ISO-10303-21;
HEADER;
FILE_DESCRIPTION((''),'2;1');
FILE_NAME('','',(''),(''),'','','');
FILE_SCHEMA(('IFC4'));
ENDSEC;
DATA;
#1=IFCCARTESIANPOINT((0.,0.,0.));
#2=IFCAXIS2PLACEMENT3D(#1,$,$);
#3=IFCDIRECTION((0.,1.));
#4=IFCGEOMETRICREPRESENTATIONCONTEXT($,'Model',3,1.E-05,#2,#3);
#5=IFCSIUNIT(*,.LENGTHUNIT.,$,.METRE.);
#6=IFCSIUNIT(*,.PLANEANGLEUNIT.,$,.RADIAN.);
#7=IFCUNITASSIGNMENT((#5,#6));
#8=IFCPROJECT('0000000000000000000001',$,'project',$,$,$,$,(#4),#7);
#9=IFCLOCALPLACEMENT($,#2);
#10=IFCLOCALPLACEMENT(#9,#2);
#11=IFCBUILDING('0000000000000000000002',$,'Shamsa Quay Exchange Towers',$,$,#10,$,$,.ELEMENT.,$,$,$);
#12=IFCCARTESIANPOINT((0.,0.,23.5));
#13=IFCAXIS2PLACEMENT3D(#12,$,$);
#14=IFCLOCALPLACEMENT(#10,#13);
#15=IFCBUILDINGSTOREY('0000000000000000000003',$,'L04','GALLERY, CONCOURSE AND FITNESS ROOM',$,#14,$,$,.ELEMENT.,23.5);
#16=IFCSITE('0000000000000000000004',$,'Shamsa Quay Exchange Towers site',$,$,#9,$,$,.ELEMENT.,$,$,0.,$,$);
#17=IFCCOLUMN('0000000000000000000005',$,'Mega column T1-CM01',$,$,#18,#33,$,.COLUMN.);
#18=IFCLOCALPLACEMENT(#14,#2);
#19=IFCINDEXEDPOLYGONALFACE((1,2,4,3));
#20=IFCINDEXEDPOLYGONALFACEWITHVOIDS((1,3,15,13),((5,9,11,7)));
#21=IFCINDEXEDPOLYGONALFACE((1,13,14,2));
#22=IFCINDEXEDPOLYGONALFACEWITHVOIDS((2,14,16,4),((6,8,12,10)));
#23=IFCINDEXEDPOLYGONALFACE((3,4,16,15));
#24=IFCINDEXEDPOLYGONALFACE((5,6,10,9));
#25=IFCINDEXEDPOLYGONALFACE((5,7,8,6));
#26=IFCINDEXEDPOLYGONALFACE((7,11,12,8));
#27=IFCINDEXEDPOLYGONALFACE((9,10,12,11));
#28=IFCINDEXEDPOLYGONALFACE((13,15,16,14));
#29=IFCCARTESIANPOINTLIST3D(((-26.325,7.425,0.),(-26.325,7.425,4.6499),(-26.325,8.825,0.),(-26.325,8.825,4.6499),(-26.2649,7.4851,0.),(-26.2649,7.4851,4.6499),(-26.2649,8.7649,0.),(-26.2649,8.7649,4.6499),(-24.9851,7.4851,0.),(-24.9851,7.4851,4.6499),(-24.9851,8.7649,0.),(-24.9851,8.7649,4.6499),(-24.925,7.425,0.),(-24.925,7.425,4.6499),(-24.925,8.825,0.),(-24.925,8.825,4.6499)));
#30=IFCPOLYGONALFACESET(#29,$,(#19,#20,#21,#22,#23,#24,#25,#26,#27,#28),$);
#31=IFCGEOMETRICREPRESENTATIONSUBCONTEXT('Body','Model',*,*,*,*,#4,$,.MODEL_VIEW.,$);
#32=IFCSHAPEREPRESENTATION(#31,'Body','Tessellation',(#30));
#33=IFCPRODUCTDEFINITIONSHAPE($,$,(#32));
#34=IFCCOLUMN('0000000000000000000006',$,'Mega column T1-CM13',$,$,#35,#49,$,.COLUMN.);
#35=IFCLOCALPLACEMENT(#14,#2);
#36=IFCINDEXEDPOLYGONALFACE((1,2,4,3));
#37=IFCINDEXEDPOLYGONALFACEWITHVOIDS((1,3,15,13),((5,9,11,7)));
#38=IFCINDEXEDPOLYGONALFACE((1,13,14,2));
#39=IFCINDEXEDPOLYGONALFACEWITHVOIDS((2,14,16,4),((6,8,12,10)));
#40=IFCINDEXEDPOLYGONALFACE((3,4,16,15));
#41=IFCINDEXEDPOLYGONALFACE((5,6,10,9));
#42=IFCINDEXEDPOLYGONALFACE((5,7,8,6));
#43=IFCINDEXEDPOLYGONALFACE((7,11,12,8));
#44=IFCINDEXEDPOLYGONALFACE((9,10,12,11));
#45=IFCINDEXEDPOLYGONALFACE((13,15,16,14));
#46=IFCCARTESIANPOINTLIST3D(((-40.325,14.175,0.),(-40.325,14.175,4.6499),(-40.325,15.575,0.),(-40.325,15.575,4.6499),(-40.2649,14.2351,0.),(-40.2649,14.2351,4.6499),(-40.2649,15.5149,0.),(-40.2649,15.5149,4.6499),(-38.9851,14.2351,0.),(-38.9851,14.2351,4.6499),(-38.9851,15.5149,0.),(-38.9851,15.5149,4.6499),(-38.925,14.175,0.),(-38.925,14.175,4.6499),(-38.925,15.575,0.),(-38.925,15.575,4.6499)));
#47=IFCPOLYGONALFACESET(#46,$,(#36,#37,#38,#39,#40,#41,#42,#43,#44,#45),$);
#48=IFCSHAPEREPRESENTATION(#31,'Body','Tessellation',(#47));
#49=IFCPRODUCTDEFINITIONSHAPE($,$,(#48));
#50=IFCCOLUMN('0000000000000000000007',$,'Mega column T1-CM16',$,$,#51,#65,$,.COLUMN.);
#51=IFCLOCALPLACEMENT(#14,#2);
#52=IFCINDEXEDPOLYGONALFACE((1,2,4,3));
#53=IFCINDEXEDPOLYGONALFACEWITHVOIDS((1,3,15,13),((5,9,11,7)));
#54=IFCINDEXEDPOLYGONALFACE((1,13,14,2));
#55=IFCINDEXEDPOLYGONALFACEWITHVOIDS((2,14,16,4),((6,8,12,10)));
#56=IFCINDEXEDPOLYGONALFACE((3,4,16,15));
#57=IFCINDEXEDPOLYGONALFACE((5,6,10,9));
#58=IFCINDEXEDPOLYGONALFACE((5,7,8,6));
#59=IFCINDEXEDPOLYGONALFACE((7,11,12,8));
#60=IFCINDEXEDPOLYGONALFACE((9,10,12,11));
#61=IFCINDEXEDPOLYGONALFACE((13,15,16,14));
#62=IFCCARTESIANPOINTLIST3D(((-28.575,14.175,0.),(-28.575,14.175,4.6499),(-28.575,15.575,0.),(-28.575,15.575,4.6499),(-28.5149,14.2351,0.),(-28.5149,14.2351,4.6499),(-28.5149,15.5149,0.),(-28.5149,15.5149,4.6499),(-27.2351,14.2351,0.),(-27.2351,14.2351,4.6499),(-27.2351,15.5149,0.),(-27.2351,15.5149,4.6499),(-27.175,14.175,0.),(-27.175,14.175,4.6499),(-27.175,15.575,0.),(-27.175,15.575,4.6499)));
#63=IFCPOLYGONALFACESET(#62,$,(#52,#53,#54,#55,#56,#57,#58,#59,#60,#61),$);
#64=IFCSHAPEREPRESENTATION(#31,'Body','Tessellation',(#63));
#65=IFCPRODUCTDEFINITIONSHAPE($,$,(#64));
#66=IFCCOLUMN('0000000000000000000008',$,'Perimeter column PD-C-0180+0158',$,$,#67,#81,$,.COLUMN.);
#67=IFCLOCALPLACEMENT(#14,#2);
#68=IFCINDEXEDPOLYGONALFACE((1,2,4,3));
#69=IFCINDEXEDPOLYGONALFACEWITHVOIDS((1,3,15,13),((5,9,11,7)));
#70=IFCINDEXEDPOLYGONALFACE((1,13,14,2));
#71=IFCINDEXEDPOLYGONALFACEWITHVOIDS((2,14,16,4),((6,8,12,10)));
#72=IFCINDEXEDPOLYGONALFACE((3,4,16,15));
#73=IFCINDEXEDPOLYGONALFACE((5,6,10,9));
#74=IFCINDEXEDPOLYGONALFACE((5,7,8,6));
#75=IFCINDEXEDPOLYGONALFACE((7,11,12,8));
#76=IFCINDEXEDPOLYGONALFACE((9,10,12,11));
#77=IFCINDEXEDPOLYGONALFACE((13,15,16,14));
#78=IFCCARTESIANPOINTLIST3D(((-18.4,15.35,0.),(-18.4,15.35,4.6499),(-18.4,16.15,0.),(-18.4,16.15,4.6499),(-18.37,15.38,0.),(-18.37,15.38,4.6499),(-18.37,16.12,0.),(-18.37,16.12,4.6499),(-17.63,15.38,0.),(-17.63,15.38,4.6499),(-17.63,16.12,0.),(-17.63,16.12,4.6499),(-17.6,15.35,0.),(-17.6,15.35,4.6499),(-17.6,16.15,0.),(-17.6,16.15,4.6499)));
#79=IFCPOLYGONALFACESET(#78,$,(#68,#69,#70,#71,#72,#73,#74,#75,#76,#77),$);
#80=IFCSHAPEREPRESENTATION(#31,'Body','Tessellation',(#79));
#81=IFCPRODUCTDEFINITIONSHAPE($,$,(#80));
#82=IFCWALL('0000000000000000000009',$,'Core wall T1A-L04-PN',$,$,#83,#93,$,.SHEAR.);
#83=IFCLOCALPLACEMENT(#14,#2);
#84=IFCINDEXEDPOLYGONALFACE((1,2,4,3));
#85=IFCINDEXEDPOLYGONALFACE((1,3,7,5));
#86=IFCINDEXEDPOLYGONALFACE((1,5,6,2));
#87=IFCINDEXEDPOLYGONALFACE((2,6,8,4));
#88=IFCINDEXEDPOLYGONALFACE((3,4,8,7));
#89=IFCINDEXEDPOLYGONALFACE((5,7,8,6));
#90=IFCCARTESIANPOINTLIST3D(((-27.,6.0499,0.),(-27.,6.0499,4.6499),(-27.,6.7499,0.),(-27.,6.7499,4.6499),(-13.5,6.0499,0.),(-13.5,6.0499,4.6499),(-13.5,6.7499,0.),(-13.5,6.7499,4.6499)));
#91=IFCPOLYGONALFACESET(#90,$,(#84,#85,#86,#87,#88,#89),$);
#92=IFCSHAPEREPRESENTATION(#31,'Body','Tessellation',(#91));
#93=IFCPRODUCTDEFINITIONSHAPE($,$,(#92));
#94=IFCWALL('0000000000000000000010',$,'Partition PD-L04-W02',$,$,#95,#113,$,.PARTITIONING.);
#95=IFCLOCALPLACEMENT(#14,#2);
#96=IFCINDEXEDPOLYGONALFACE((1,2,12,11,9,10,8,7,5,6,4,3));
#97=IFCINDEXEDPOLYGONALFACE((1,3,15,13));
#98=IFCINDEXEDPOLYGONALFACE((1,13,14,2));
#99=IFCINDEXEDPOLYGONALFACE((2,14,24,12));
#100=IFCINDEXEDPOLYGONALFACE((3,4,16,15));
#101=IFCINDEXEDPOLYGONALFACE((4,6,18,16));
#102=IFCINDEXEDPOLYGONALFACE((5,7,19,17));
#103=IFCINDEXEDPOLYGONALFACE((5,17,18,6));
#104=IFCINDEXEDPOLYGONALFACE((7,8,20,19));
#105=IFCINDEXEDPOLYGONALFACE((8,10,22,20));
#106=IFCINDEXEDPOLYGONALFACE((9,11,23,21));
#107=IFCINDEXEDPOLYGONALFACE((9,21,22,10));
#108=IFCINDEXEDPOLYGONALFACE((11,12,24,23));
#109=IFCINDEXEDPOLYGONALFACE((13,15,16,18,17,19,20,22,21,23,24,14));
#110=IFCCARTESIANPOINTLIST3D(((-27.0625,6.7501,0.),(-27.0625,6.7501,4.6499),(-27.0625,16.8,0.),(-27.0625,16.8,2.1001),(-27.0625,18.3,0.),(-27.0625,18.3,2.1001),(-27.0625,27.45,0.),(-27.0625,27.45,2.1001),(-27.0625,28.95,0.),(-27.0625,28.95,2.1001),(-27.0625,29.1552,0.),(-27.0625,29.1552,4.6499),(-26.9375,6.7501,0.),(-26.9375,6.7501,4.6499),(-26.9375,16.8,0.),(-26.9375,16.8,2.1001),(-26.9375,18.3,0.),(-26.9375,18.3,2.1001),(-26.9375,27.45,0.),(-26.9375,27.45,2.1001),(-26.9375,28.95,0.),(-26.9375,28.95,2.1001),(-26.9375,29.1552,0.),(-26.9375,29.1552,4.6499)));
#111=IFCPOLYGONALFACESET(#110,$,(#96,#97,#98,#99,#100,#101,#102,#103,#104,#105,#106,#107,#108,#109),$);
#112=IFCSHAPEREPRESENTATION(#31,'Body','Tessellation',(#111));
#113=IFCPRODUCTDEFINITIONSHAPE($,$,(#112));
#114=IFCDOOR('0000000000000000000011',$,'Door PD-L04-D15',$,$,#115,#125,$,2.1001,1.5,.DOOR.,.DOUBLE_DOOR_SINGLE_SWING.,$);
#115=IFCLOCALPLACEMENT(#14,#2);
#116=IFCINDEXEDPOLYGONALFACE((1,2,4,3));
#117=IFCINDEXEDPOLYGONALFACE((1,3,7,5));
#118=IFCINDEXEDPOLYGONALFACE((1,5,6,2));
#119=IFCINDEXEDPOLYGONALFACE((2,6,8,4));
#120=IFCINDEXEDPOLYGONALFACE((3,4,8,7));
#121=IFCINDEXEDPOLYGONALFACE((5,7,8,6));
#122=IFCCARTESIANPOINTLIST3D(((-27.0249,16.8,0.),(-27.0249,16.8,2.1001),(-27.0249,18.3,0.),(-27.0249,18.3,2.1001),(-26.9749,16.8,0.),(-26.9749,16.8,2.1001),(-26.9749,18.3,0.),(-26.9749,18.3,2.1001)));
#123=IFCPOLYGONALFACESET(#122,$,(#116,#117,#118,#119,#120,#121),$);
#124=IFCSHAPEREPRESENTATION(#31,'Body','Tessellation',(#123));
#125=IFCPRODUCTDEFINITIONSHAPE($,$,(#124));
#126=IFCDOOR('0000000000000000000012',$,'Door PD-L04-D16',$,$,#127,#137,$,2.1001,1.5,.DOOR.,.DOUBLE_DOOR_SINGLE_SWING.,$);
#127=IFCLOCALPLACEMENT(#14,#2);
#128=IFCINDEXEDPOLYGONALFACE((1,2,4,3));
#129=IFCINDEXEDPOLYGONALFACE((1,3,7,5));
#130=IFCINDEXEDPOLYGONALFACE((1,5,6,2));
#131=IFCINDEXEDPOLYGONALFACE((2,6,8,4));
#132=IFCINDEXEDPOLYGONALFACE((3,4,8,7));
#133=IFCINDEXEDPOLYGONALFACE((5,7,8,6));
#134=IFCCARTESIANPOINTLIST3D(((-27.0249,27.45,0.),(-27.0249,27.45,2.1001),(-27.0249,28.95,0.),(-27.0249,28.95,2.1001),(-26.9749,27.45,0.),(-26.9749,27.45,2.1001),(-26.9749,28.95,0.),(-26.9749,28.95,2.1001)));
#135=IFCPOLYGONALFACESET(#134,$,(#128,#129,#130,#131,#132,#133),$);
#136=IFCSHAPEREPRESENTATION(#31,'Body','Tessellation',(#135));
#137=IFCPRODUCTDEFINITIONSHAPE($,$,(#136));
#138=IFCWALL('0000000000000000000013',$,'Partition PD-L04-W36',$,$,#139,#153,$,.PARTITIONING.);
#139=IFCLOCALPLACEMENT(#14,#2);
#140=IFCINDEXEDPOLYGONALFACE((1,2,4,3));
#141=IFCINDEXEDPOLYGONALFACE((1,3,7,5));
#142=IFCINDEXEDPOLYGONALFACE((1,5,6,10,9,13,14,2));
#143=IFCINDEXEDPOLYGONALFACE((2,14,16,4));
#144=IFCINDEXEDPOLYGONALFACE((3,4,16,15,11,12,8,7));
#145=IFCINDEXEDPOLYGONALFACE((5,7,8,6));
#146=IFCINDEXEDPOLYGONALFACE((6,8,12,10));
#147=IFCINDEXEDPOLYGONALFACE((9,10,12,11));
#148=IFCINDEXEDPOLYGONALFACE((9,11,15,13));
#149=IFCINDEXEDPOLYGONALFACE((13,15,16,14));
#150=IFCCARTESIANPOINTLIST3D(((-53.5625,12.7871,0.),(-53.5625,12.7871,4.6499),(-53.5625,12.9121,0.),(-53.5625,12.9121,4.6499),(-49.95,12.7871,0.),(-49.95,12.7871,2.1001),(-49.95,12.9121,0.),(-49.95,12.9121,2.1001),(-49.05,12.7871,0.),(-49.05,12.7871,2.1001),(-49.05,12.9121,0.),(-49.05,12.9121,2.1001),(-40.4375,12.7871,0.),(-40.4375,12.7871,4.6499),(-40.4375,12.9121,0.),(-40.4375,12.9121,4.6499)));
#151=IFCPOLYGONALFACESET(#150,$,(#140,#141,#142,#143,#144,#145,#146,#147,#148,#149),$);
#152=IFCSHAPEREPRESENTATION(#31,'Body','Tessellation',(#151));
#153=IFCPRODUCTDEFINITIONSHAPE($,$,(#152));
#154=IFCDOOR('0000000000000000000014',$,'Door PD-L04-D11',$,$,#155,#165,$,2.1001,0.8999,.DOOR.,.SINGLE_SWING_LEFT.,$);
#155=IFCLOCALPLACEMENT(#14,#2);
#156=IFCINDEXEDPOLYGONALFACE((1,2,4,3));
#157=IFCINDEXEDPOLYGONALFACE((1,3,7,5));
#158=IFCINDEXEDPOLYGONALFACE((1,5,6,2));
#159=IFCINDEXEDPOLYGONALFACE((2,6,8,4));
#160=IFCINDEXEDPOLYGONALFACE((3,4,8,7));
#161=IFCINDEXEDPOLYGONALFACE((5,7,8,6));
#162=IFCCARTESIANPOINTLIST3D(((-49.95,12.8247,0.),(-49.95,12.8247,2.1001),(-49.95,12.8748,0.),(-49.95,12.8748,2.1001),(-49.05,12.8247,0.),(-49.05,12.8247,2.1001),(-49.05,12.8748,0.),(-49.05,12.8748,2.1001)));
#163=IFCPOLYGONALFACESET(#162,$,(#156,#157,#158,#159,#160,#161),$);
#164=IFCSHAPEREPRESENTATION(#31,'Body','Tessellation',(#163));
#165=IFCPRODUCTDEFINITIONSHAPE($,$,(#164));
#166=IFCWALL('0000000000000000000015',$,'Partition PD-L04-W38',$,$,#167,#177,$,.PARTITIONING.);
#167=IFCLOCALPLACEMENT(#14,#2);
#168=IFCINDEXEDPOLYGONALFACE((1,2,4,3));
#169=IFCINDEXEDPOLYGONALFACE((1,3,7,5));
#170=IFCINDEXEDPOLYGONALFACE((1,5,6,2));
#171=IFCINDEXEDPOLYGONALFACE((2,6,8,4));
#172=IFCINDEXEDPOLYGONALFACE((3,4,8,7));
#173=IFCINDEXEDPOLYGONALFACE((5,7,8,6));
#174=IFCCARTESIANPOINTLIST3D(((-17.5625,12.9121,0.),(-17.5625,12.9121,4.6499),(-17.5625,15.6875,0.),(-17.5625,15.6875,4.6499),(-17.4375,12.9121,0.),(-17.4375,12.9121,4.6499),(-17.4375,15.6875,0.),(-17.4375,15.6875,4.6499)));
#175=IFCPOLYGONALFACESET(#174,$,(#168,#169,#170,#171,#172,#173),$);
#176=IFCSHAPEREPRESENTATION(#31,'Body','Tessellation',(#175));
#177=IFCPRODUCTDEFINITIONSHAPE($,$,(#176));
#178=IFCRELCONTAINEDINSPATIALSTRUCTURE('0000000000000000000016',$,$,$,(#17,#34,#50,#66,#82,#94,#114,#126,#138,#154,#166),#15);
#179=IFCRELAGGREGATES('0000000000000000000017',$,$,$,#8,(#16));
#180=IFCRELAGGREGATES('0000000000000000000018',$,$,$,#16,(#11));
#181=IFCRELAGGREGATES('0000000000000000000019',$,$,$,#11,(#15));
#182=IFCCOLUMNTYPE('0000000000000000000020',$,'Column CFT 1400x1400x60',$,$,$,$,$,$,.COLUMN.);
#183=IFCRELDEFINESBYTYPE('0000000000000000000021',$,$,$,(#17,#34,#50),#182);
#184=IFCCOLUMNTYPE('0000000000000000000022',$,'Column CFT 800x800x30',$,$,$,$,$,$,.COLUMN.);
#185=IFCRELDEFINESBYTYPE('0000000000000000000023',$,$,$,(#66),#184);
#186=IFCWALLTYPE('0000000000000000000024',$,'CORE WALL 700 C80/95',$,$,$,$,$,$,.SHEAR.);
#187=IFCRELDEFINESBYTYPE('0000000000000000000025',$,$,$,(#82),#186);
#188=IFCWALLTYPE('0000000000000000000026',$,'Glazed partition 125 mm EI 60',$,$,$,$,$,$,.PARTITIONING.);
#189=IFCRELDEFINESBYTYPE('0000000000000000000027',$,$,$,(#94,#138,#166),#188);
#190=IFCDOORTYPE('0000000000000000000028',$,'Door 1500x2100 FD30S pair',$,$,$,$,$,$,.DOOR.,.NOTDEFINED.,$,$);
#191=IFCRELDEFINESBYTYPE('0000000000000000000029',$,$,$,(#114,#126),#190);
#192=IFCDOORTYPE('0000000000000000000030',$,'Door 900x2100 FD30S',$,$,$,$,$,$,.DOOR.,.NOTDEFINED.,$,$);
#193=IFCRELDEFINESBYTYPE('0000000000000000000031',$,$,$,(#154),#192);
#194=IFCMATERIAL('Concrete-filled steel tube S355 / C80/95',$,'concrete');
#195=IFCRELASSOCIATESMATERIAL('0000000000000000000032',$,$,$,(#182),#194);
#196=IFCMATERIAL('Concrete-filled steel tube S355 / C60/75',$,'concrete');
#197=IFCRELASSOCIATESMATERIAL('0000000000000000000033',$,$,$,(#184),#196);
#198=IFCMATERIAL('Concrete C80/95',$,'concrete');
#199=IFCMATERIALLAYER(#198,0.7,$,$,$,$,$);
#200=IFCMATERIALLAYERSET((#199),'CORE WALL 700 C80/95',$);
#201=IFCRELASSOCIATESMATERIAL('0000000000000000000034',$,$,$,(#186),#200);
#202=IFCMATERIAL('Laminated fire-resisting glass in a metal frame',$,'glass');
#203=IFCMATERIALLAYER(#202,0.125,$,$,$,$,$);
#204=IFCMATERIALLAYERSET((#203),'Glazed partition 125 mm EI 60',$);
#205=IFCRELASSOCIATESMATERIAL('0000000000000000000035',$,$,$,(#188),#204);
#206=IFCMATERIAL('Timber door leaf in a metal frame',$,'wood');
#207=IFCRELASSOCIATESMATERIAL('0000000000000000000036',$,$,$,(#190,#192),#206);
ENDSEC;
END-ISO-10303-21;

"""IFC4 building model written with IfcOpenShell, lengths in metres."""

from ifc_helpers import new_model, si_unit, direction, frame, frame_2d, origin, origin_2d, place, context, subcontext, project, spatial, rectangle, hollow_rectangle, extrude, material, layer, layer_set, material_profile, profile_set, type_object, element, fill, save


model = new_model("IFC4")

# Units and contexts
model_context = context("Model", 3, precision=1e-05, world=origin(), true_north=direction((0.0, 1.0)))
body_context = subcontext(model_context, "Body", "Model", "MODEL_VIEW")
ifc_project = project(units=[si_unit("LENGTHUNIT", "METRE"), si_unit("PLANEANGLEUNIT", "RADIAN")], contexts=[model_context])

# Site, building, storey
site_placement = place(None, origin())
site = spatial("IfcSite", under=ifc_project, at=site_placement, Name="Shamsa Quay Exchange Towers site", CompositionType="ELEMENT", RefElevation=0.0)
building_placement = place(site_placement, origin())
building = spatial("IfcBuilding", under=site, at=building_placement, Name="Shamsa Quay Exchange Towers", CompositionType="ELEMENT")
storey_placement = place(building_placement, frame((0.0, 0.0, 23.5)))
storey = spatial("IfcBuildingStorey", under=building, at=storey_placement, Name="L04", Description="GALLERY, CONCOURSE AND FITNESS ROOM", CompositionType="ELEMENT", Elevation=23.5)

# Columns
ifc_material_1 = material(Name="Concrete-filled steel tube S355 / C80/95", Category="concrete")
ifc_material_profile_1 = material_profile(ifc_material_1, hollow_rectangle(XDim=1.3999, YDim=1.3999, WallThickness=0.0601, at=origin_2d()), Name="CFT 1400x1400x60")
ifc_profile_set_1 = profile_set([ifc_material_profile_1], Name="Concrete-filled steel tube S355 / C80/95")
column_type_1 = type_object("IfcColumnType", Name="Column CFT 1400x1400x60", PredefinedType="COLUMN", material=ifc_profile_set_1)
for number, where, name in (
    (1, (-25.625, 8.125, 0.0), "Mega column T1-CM01"),
    (2, (-39.625, 14.875, 0.0), "Mega column T1-CM13"),
    (3, (-27.875, 14.875, 0.0), "Mega column T1-CM16"),
):
    element("IfcColumn", number, at=place(storey_placement, frame(where)), inside=storey, type_object=column_type_1, Name=name, PredefinedType="COLUMN", context=body_context, shape_type="SweptSolid", body=[
        extrude(hollow_rectangle(XDim=1.3999, YDim=1.3999, WallThickness=0.0601, at=origin_2d()), origin(), (0.0, 0.0, 1.0), 4.6499),
    ])
ifc_material_2 = material(Name="Concrete-filled steel tube S355 / C60/75", Category="concrete")
ifc_material_profile_2 = material_profile(ifc_material_2, hollow_rectangle(XDim=0.8, YDim=0.8, WallThickness=0.03, at=origin_2d()), Name="CFT 800x800x30")
ifc_profile_set_2 = profile_set([ifc_material_profile_2], Name="Concrete-filled steel tube S355 / C60/75")
column_type_2 = type_object("IfcColumnType", Name="Column CFT 800x800x30", PredefinedType="COLUMN", material=ifc_profile_set_2)
column_placement = place(storey_placement, frame((-18.0, 15.75, 0.0)))
element("IfcColumn", 4, at=column_placement, inside=storey, type_object=column_type_2, Name="Perimeter column PD-C-0180+0158", PredefinedType="COLUMN", context=body_context, shape_type="SweptSolid", body=[
    extrude(hollow_rectangle(XDim=0.8, YDim=0.8, WallThickness=0.03, at=origin_2d()), origin(), (0.0, 0.0, 1.0), 4.6499),
])

# Wall
ifc_material_3 = material(Name="Concrete C80/95", Category="concrete")
ifc_layer_1 = layer(ifc_material_3, 0.7)
ifc_layer_set_1 = layer_set([ifc_layer_1], Name="CORE WALL 700 C80/95")
wall_type_1 = type_object("IfcWallType", Name="CORE WALL 700 C80/95", PredefinedType="SHEAR", material=ifc_layer_set_1)
wall_1_placement = place(storey_placement, frame((-27.0, 6.3999, 0.0)))
element("IfcWall", 5, at=wall_1_placement, inside=storey, type_object=wall_type_1, Name="Core wall T1A-L04-PN", PredefinedType="SHEAR", context=body_context, shape_type="SweptSolid", body=[
    extrude(rectangle(XDim=13.5, YDim=0.7, at=frame_2d((6.75, 0.0))), origin(), (0.0, 0.0, 1.0), 4.6499),
])

# Wall, openings, doors
ifc_material_4 = material(Name="Laminated fire-resisting glass in a metal frame", Category="glass")
ifc_layer_2 = layer(ifc_material_4, 0.125)
ifc_layer_set_2 = layer_set([ifc_layer_2], Name="Glazed partition 125 mm EI 60")
wall_type_2 = type_object("IfcWallType", Name="Glazed partition 125 mm EI 60", PredefinedType="PARTITIONING", material=ifc_layer_set_2)
wall_2_placement = place(storey_placement, frame((-27.0, 6.75, 0.0), z_axis=(0.0, 0.0, 1.0), x_axis=(0.0, 1.0, 0.0)))
wall_2 = element("IfcWall", 6, at=wall_2_placement, inside=storey, type_object=wall_type_2, Name="Partition PD-L04-W02", PredefinedType="PARTITIONING", context=body_context, shape_type="SweptSolid", body=[
    extrude(rectangle(XDim=22.405, YDim=0.125, at=frame_2d((11.2026, 0.0))), origin(), (0.0, 0.0, 1.0), 4.6499),
])
opening_1_placement = place(wall_2_placement, frame((10.05, 0.0, 0.0)))
opening_1 = element("IfcOpeningElement", 7, at=opening_1_placement, cuts=wall_2, PredefinedType="OPENING", context=body_context, shape_type="SweptSolid", body=[
    extrude(rectangle(XDim=1.5, YDim=2.1001, at=frame_2d((0.75, 1.05))), frame((0.0, 0.0725, 0.0), z_axis=(0.0, -1.0, 0.0), x_axis=(1.0, 0.0, 0.0)), (0.0, 0.0, 1.0), 0.145),
])
opening_2_placement = place(wall_2_placement, frame((20.7, 0.0, 0.0)))
opening_2 = element("IfcOpeningElement", 8, at=opening_2_placement, cuts=wall_2, PredefinedType="OPENING", context=body_context, shape_type="SweptSolid", body=[
    extrude(rectangle(XDim=1.5, YDim=2.1001, at=frame_2d((0.75, 1.05))), frame((0.0, 0.0725, 0.0), z_axis=(0.0, -1.0, 0.0), x_axis=(1.0, 0.0, 0.0)), (0.0, 0.0, 1.0), 0.145),
])
ifc_material_5 = material(Name="Timber door leaf in a metal frame", Category="wood")
door_type_1 = type_object("IfcDoorType", Name="Door 1500x2100 FD30S pair", OperationType="NOTDEFINED", PredefinedType="DOOR", material=ifc_material_5)
door_1_placement = place(opening_1_placement, origin())
door_1 = element("IfcDoor", 9, at=door_1_placement, inside=storey, type_object=door_type_1, Name="Door PD-L04-D15", OperationType="DOUBLE_DOOR_SINGLE_SWING", OverallHeight=2.1001, OverallWidth=1.5, PredefinedType="DOOR", context=body_context, shape_type="SweptSolid", body=[
    extrude(rectangle(XDim=1.5, YDim=2.1001, at=frame_2d((0.75, 1.05))), frame((0.0, 0.0249, 0.0), z_axis=(0.0, -1.0, 0.0), x_axis=(1.0, 0.0, 0.0)), (0.0, 0.0, 1.0), 0.05),
])
fill(opening_1, door_1)
door_2_placement = place(opening_2_placement, origin())
door_2 = element("IfcDoor", 10, at=door_2_placement, inside=storey, type_object=door_type_1, Name="Door PD-L04-D16", OperationType="DOUBLE_DOOR_SINGLE_SWING", OverallHeight=2.1001, OverallWidth=1.5, PredefinedType="DOOR", context=body_context, shape_type="SweptSolid", body=[
    extrude(rectangle(XDim=1.5, YDim=2.1001, at=frame_2d((0.75, 1.05))), frame((0.0, 0.0249, 0.0), z_axis=(0.0, -1.0, 0.0), x_axis=(1.0, 0.0, 0.0)), (0.0, 0.0, 1.0), 0.05),
])
fill(opening_2, door_2)

# Wall, opening, door
wall_3_placement = place(storey_placement, frame((-40.4375, 12.8496, 0.0), z_axis=(0.0, 0.0, 1.0), x_axis=(-1.0, 0.0, 0.0)))
wall_3 = element("IfcWall", 11, at=wall_3_placement, inside=storey, type_object=wall_type_2, Name="Partition PD-L04-W36", PredefinedType="PARTITIONING", context=body_context, shape_type="SweptSolid", body=[
    extrude(rectangle(XDim=13.125, YDim=0.125, at=frame_2d((6.5625, 0.0))), origin(), (0.0, 0.0, 1.0), 4.6499),
])
opening_3_placement = place(wall_3_placement, frame((8.6125, 0.0, 0.0)))
opening_3 = element("IfcOpeningElement", 12, at=opening_3_placement, cuts=wall_3, PredefinedType="OPENING", context=body_context, shape_type="SweptSolid", body=[
    extrude(rectangle(XDim=0.8999, YDim=2.1001, at=frame_2d((0.45, 1.05))), frame((0.0, 0.0725, 0.0), z_axis=(0.0, -1.0, 0.0), x_axis=(1.0, 0.0, 0.0)), (0.0, 0.0, 1.0), 0.145),
])
door_type_2 = type_object("IfcDoorType", Name="Door 900x2100 FD30S", OperationType="NOTDEFINED", PredefinedType="DOOR", material=ifc_material_5)
door_3_placement = place(opening_3_placement, origin())
door_3 = element("IfcDoor", 13, at=door_3_placement, inside=storey, type_object=door_type_2, Name="Door PD-L04-D11", OperationType="SINGLE_SWING_LEFT", OverallHeight=2.1001, OverallWidth=0.8999, PredefinedType="DOOR", context=body_context, shape_type="SweptSolid", body=[
    extrude(rectangle(XDim=0.8999, YDim=2.1001, at=frame_2d((0.45, 1.05))), frame((0.0, 0.0249, 0.0), z_axis=(0.0, -1.0, 0.0), x_axis=(1.0, 0.0, 0.0)), (0.0, 0.0, 1.0), 0.05),
])
fill(opening_3, door_3)

# Wall
wall_4_placement = place(storey_placement, frame((-17.5, 12.9121, 0.0), z_axis=(0.0, 0.0, 1.0), x_axis=(0.0, 1.0, 0.0)))
element("IfcWall", 14, at=wall_4_placement, inside=storey, type_object=wall_type_2, Name="Partition PD-L04-W38", PredefinedType="PARTITIONING", context=body_context, shape_type="SweptSolid", body=[
    extrude(rectangle(XDim=2.7754, YDim=0.125, at=frame_2d((1.3877, 0.0))), origin(), (0.0, 0.0, 1.0), 4.6499),
])

save(model, "model.ifc")
